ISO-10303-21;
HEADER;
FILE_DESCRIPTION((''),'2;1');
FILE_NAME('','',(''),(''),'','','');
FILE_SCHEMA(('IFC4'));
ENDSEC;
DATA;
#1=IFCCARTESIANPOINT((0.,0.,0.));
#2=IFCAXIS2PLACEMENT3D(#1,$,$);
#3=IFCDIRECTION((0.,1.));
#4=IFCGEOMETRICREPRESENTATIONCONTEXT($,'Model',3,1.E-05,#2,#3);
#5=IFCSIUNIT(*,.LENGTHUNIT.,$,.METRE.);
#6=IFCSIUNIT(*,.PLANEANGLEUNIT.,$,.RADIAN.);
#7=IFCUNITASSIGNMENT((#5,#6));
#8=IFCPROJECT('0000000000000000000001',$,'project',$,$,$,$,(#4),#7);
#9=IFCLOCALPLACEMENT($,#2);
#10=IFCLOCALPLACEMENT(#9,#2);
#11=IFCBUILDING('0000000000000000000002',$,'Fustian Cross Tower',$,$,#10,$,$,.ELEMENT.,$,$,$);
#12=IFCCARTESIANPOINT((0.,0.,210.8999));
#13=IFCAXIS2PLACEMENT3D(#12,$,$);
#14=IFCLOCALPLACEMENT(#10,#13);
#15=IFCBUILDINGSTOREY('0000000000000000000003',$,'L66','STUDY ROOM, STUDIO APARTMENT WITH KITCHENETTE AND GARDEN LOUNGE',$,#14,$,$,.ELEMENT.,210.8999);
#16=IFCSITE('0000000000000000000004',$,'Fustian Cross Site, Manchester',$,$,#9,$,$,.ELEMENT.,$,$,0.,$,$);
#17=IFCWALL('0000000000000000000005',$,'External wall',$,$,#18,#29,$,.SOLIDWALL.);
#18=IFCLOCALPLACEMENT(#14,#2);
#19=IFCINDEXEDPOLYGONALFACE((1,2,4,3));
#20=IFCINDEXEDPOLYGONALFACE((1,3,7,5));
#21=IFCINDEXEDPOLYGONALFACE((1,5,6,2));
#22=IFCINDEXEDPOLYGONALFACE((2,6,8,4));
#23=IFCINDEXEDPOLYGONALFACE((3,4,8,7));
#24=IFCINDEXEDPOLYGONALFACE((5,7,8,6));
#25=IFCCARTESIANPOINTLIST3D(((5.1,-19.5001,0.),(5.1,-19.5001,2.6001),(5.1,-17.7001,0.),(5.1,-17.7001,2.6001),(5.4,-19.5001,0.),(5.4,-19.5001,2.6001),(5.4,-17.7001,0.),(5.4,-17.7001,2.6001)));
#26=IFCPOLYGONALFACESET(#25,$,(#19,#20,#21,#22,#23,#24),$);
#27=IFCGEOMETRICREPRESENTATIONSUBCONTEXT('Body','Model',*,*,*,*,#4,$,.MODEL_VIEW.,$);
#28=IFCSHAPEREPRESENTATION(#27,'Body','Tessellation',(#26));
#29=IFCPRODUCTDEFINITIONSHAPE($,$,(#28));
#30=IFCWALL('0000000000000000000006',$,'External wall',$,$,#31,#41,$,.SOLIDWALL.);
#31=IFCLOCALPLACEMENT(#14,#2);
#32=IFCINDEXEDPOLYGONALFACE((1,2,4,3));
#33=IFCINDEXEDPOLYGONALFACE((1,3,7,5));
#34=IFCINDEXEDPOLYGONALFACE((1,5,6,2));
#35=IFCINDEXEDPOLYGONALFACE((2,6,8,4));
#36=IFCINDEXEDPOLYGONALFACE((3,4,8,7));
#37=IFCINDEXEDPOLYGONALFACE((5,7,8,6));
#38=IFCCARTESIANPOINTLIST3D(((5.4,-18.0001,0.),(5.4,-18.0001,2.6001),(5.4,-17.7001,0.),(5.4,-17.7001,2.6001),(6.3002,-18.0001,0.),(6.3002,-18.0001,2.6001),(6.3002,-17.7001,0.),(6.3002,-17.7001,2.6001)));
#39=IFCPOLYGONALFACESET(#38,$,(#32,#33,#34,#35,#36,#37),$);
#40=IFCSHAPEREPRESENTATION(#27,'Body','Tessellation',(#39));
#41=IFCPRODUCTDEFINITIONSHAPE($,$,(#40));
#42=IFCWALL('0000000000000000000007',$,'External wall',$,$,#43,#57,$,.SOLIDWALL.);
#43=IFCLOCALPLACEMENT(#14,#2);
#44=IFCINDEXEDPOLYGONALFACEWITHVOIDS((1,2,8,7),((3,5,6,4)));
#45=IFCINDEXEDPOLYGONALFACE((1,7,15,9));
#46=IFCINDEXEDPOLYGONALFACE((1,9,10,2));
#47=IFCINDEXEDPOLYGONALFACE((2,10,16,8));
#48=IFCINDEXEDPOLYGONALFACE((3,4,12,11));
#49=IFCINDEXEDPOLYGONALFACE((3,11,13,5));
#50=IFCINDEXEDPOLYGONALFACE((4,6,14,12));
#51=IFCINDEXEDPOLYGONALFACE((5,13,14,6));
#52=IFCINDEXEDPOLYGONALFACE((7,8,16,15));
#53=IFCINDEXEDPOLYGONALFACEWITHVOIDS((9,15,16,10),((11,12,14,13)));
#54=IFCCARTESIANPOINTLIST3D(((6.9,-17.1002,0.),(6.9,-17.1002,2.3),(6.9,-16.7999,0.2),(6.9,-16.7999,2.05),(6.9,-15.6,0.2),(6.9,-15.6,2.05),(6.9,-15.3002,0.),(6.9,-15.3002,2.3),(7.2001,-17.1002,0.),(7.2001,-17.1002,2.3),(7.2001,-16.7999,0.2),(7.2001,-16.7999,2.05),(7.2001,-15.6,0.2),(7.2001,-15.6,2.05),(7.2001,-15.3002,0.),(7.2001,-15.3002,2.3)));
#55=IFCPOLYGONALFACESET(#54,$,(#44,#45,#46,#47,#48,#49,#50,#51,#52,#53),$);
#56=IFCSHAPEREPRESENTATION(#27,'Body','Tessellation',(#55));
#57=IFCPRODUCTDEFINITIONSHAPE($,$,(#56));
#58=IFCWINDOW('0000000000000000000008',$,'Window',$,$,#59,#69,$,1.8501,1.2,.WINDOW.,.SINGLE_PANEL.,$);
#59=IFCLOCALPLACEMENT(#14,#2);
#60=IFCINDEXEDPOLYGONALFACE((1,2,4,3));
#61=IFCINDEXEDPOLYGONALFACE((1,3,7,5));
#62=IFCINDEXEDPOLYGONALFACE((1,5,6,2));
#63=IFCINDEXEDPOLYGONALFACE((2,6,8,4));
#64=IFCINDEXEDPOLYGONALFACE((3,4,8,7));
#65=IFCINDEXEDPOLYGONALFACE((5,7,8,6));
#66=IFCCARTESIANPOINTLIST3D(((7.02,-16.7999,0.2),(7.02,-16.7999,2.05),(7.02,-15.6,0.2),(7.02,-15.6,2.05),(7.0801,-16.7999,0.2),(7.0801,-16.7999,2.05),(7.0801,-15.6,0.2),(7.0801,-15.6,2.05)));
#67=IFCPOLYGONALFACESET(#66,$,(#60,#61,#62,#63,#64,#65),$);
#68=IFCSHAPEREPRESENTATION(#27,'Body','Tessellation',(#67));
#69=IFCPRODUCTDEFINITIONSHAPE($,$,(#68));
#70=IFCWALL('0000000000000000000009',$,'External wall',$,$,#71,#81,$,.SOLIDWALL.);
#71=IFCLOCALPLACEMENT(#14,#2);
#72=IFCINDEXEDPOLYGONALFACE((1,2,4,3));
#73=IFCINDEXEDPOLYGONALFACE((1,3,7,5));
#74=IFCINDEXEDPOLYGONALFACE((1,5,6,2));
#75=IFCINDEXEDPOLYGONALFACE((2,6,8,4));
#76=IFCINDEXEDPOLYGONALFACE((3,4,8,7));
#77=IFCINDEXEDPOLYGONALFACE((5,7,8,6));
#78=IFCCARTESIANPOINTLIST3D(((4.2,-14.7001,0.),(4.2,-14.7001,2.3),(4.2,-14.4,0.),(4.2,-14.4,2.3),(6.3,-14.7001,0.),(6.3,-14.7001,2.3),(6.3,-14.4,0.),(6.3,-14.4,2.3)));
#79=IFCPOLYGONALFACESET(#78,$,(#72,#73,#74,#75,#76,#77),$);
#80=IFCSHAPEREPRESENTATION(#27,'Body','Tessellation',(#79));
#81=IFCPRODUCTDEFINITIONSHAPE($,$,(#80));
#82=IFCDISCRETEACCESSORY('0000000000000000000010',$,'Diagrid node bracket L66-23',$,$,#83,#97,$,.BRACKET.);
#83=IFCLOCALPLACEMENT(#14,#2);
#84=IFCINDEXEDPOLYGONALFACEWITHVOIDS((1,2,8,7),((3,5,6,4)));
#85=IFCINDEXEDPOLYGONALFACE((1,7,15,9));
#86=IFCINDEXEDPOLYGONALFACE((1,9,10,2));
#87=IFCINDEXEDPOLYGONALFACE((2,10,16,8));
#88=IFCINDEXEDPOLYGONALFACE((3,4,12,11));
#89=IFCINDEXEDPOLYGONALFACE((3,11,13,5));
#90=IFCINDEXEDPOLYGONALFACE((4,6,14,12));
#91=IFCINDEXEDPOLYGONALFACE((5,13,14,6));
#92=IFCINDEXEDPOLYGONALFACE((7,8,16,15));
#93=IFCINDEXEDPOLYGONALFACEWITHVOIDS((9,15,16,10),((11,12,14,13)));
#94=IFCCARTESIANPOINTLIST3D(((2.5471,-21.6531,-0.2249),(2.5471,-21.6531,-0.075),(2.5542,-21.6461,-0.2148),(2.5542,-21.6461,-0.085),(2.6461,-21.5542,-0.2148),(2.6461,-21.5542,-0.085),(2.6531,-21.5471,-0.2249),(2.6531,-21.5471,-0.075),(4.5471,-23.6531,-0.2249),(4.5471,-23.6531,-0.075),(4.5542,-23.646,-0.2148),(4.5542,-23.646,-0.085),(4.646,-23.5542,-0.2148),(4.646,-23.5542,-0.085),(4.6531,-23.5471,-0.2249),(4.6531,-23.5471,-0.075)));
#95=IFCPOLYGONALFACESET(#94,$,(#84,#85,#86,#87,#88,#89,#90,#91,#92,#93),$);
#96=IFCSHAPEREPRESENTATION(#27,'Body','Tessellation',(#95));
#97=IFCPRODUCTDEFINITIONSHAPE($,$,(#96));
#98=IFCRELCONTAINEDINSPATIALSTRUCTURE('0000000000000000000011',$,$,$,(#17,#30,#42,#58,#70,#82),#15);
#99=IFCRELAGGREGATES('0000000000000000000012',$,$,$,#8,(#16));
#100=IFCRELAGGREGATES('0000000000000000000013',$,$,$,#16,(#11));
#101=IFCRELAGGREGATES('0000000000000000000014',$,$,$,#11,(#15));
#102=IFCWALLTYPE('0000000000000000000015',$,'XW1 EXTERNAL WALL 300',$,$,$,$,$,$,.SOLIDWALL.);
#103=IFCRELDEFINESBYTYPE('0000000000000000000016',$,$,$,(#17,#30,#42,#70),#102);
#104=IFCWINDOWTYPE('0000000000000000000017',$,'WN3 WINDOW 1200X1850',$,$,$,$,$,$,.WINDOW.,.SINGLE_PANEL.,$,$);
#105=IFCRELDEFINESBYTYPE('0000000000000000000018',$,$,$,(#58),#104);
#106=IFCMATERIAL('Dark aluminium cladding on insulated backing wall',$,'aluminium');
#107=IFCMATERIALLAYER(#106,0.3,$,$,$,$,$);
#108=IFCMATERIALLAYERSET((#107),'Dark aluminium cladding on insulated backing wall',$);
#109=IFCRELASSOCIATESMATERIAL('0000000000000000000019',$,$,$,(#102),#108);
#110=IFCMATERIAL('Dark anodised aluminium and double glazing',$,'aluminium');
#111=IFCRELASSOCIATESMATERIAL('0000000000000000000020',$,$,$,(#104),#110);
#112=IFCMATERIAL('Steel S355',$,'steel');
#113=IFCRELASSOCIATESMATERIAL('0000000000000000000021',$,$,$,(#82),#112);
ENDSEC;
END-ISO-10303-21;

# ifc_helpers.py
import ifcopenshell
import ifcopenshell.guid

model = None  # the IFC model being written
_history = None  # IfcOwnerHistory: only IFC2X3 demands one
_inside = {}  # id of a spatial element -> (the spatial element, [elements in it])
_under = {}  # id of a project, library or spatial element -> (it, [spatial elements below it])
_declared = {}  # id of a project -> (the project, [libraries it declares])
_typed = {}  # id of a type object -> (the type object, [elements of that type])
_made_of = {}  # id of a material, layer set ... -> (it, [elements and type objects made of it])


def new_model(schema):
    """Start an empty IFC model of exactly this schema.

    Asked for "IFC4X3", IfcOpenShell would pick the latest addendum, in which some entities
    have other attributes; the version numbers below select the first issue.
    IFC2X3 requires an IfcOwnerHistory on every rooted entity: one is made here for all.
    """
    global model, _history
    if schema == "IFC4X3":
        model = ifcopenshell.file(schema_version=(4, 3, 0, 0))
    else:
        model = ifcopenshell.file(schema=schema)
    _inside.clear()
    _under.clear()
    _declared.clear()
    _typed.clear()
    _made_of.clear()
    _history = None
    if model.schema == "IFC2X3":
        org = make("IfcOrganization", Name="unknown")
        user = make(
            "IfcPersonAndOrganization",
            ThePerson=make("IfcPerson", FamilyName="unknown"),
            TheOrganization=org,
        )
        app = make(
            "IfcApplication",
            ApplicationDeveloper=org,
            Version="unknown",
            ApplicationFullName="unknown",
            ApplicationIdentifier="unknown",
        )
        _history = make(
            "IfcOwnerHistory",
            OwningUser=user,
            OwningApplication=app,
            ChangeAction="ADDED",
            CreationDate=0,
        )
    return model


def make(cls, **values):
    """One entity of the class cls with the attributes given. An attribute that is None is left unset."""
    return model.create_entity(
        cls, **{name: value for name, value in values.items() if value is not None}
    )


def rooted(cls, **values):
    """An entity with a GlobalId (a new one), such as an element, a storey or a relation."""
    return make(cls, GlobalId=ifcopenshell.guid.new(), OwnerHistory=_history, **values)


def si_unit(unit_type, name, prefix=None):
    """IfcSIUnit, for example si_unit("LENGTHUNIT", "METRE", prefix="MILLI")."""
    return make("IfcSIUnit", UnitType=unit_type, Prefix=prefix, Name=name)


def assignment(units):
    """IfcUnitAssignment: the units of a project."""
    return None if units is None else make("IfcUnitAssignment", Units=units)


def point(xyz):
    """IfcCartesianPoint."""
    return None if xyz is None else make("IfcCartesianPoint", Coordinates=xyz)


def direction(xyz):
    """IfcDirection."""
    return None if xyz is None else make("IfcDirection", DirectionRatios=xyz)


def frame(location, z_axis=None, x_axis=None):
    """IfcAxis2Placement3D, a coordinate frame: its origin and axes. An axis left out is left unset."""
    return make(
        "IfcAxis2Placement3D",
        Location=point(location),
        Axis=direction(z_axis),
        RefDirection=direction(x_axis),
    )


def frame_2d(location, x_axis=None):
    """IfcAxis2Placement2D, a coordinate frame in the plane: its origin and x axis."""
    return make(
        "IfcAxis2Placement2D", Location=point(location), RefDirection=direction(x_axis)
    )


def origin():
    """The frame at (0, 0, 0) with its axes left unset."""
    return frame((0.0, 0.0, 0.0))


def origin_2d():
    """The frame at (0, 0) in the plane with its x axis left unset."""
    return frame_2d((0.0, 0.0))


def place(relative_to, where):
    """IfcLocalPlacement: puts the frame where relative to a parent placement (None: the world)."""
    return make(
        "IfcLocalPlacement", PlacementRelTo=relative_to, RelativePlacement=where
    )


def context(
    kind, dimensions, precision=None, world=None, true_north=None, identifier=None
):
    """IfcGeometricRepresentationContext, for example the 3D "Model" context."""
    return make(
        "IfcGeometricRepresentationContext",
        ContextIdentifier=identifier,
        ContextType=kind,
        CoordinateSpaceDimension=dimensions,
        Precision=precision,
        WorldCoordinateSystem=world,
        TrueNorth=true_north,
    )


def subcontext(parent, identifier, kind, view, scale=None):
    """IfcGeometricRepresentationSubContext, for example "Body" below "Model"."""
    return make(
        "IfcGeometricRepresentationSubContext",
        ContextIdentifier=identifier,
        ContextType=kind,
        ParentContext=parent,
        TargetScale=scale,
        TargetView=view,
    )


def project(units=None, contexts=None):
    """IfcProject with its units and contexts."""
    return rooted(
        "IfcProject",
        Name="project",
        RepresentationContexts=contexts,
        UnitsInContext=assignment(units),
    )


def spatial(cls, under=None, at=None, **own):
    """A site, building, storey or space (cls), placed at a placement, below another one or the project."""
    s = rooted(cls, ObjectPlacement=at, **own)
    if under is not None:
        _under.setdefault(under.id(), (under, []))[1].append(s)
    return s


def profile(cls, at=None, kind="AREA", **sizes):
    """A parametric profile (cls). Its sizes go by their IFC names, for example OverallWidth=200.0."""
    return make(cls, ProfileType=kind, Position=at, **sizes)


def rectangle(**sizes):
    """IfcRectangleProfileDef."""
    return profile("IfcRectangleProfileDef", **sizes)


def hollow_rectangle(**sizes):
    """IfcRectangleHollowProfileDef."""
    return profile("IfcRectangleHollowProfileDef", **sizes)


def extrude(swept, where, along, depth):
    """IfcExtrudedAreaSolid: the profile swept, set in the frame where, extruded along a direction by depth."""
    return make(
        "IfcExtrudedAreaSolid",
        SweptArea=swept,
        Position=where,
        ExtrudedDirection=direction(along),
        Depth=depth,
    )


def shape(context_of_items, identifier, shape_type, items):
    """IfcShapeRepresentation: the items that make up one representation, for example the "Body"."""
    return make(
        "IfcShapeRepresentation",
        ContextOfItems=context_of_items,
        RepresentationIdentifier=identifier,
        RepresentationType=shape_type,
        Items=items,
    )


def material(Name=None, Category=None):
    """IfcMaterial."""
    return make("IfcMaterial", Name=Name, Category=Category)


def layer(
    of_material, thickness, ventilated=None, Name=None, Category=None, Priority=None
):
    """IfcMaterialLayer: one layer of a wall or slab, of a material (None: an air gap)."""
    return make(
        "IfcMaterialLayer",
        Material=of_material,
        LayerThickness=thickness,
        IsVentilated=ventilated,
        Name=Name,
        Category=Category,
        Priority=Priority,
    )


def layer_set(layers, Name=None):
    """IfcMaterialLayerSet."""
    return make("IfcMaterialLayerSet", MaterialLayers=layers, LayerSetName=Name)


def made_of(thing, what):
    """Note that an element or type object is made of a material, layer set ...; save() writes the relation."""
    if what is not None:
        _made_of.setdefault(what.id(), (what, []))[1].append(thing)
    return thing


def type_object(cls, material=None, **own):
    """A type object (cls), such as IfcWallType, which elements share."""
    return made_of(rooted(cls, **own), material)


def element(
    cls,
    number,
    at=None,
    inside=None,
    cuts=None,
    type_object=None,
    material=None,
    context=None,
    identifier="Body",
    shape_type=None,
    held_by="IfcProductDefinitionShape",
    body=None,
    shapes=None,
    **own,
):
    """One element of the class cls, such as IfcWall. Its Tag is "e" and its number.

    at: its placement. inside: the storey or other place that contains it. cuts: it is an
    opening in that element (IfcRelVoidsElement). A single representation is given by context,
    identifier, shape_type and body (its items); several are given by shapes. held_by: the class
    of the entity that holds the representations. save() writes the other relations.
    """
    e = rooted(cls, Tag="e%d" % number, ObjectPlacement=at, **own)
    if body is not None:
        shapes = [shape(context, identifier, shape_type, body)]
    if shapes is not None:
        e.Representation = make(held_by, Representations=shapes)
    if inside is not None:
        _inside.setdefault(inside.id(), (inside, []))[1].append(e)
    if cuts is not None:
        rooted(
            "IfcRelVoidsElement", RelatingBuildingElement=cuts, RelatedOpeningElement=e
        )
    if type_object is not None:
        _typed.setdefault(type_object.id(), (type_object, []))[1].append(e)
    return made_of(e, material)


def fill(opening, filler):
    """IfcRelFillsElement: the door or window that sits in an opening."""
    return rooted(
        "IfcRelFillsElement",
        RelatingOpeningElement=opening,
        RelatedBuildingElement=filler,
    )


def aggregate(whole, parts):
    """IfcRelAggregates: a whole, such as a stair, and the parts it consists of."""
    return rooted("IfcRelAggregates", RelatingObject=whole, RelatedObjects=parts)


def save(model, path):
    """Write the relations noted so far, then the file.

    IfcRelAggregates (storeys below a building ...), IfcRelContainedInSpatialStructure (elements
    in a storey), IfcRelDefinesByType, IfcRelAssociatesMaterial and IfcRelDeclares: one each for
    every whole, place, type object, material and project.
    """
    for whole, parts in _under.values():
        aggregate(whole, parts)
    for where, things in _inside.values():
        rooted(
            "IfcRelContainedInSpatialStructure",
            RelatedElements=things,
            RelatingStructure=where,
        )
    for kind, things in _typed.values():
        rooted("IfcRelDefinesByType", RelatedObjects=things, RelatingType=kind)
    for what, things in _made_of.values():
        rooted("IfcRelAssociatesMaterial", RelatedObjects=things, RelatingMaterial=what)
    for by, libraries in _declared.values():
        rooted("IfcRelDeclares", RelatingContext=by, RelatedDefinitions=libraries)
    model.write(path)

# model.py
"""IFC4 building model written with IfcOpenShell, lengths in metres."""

from ifc_helpers import new_model, si_unit, direction, frame, frame_2d, origin, origin_2d, place, context, subcontext, project, spatial, rectangle, hollow_rectangle, extrude, material, layer, layer_set, type_object, element, fill, save


model = new_model("IFC4")

# Units and contexts
model_context = context("Model", 3, precision=1e-05, world=origin(), true_north=direction((0.0, 1.0)))
body_context = subcontext(model_context, "Body", "Model", "MODEL_VIEW")
ifc_project = project(units=[si_unit("LENGTHUNIT", "METRE"), si_unit("PLANEANGLEUNIT", "RADIAN")], contexts=[model_context])

# Site, building, storey
site_placement = place(None, origin())
site = spatial("IfcSite", under=ifc_project, at=site_placement, Name="Fustian Cross Site, Manchester", CompositionType="ELEMENT", RefElevation=0.0)
building_placement = place(site_placement, origin())
building = spatial("IfcBuilding", under=site, at=building_placement, Name="Fustian Cross Tower", CompositionType="ELEMENT")
storey_placement = place(building_placement, frame((0.0, 0.0, 210.8999)))
storey = spatial("IfcBuildingStorey", under=building, at=storey_placement, Name="L66", Description="STUDY ROOM, STUDIO APARTMENT WITH KITCHENETTE AND GARDEN LOUNGE", CompositionType="ELEMENT", Elevation=210.8999)

# Shared definitions
ifc_material_1 = material(Name="Dark aluminium cladding on insulated backing wall", Category="aluminium")
ifc_layer_1 = layer(ifc_material_1, 0.3)
ifc_layer_set_1 = layer_set([ifc_layer_1], Name="Dark aluminium cladding on insulated backing wall")
wall_type_1 = type_object("IfcWallType", Name="XW1 EXTERNAL WALL 300", PredefinedType="SOLIDWALL", material=ifc_layer_set_1)

# Shared definitions
ifc_material_2 = material(Name="Dark anodised aluminium and double glazing", Category="aluminium")
window_type = type_object("IfcWindowType", Name="WN3 WINDOW 1200X1850", PartitioningType="SINGLE_PANEL", PredefinedType="WINDOW", material=ifc_material_2)

# Walls
wall_1_placement = place(storey_placement, frame((5.25, -19.5, 0.0), z_axis=(0.0, 0.0, 1.0), x_axis=(0.0, 1.0, 0.0)))
element("IfcWall", 1, at=wall_1_placement, inside=storey, type_object=wall_type_1, Name="External wall", PredefinedType="SOLIDWALL", context=body_context, shape_type="SweptSolid", body=[
    extrude(rectangle(XDim=1.8, YDim=0.3, at=frame_2d((0.8999, 0.0))), origin(), (0.0, 0.0, 1.0), 2.6001),
])
wall_2_placement = place(storey_placement, frame((5.3999, -17.8501, 0.0), z_axis=(0.0, 0.0, 1.0), x_axis=(1.0, 0.0, 0.0)))
element("IfcWall", 2, at=wall_2_placement, inside=storey, type_object=wall_type_1, Name="External wall", PredefinedType="SOLIDWALL", context=body_context, shape_type="SweptSolid", body=[
    extrude(rectangle(XDim=0.9001, YDim=0.3, at=frame_2d((0.4502, 0.0))), origin(), (0.0, 0.0, 1.0), 2.6001),
])

# Wall, opening, window
wall_3_placement = place(storey_placement, frame((7.05, -17.1001, 0.0), z_axis=(0.0, 0.0, 1.0), x_axis=(0.0, 1.0, 0.0)))
wall_3 = element("IfcWall", 3, at=wall_3_placement, inside=storey, type_object=wall_type_1, Name="External wall", PredefinedType="SOLIDWALL", context=body_context, shape_type="SweptSolid", body=[
    extrude(rectangle(XDim=1.8, YDim=0.3, at=frame_2d((0.8999, 0.0))), origin(), (0.0, 0.0, 1.0), 2.3),
])
opening_1_placement = place(wall_3_placement, frame((0.3, 0.0, 0.2)))
opening_1 = element("IfcOpeningElement", 4, at=opening_1_placement, cuts=wall_3, PredefinedType="OPENING", context=body_context, shape_type="SweptSolid", body=[
    extrude(rectangle(XDim=1.2, YDim=1.8501, at=frame_2d((0.6001, 0.925))), frame((0.0, 0.1599, 0.0), z_axis=(0.0, -1.0, 0.0), x_axis=(1.0, 0.0, 0.0)), (0.0, 0.0, 1.0), 0.3201),
])
window_1_placement = place(opening_1_placement, origin())
window_1 = element("IfcWindow", 5, at=window_1_placement, inside=storey, type_object=window_type, Name="Window", OverallHeight=1.8501, OverallWidth=1.2, PartitioningType="SINGLE_PANEL", PredefinedType="WINDOW", context=body_context, shape_type="SweptSolid", body=[
    extrude(rectangle(XDim=1.2, YDim=1.8501, at=frame_2d((0.6001, 0.925))), frame((0.0, 0.03, 0.0), z_axis=(0.0, -1.0, 0.0), x_axis=(1.0, 0.0, 0.0)), (0.0, 0.0, 1.0), 0.0601),
])
fill(opening_1, window_1)

# Wall
wall_4_placement = place(storey_placement, frame((6.3, -14.55, 0.0), z_axis=(0.0, 0.0, 1.0), x_axis=(-1.0, 0.0, 0.0)))
element("IfcWall", 6, at=wall_4_placement, inside=storey, type_object=wall_type_1, Name="External wall", PredefinedType="SOLIDWALL", context=body_context, shape_type="SweptSolid", body=[
    extrude(rectangle(XDim=2.1001, YDim=0.3, at=frame_2d((1.05, 0.0))), origin(), (0.0, 0.0, 1.0), 2.3),
])

# Discrete accessory
ifc_material_3 = material(Name="Steel S355", Category="steel")
discrete_accessory_placement = place(storey_placement, frame((4.6001, -23.6001, -0.1499), z_axis=(-0.707107, 0.707107, 0.0), x_axis=(-0.707107, -0.707107, 0.0)))
element("IfcDiscreteAccessory", 7, at=discrete_accessory_placement, inside=storey, material=ifc_material_3, Name="Diagrid node bracket L66-23", PredefinedType="BRACKET", context=body_context, shape_type="SweptSolid", body=[
    extrude(hollow_rectangle(XDim=0.1499, YDim=0.1499, WallThickness=0.01, at=origin_2d()), origin(), (0.0, 0.0, 1.0), 2.8284),
])

save(model, "model.ifc")
